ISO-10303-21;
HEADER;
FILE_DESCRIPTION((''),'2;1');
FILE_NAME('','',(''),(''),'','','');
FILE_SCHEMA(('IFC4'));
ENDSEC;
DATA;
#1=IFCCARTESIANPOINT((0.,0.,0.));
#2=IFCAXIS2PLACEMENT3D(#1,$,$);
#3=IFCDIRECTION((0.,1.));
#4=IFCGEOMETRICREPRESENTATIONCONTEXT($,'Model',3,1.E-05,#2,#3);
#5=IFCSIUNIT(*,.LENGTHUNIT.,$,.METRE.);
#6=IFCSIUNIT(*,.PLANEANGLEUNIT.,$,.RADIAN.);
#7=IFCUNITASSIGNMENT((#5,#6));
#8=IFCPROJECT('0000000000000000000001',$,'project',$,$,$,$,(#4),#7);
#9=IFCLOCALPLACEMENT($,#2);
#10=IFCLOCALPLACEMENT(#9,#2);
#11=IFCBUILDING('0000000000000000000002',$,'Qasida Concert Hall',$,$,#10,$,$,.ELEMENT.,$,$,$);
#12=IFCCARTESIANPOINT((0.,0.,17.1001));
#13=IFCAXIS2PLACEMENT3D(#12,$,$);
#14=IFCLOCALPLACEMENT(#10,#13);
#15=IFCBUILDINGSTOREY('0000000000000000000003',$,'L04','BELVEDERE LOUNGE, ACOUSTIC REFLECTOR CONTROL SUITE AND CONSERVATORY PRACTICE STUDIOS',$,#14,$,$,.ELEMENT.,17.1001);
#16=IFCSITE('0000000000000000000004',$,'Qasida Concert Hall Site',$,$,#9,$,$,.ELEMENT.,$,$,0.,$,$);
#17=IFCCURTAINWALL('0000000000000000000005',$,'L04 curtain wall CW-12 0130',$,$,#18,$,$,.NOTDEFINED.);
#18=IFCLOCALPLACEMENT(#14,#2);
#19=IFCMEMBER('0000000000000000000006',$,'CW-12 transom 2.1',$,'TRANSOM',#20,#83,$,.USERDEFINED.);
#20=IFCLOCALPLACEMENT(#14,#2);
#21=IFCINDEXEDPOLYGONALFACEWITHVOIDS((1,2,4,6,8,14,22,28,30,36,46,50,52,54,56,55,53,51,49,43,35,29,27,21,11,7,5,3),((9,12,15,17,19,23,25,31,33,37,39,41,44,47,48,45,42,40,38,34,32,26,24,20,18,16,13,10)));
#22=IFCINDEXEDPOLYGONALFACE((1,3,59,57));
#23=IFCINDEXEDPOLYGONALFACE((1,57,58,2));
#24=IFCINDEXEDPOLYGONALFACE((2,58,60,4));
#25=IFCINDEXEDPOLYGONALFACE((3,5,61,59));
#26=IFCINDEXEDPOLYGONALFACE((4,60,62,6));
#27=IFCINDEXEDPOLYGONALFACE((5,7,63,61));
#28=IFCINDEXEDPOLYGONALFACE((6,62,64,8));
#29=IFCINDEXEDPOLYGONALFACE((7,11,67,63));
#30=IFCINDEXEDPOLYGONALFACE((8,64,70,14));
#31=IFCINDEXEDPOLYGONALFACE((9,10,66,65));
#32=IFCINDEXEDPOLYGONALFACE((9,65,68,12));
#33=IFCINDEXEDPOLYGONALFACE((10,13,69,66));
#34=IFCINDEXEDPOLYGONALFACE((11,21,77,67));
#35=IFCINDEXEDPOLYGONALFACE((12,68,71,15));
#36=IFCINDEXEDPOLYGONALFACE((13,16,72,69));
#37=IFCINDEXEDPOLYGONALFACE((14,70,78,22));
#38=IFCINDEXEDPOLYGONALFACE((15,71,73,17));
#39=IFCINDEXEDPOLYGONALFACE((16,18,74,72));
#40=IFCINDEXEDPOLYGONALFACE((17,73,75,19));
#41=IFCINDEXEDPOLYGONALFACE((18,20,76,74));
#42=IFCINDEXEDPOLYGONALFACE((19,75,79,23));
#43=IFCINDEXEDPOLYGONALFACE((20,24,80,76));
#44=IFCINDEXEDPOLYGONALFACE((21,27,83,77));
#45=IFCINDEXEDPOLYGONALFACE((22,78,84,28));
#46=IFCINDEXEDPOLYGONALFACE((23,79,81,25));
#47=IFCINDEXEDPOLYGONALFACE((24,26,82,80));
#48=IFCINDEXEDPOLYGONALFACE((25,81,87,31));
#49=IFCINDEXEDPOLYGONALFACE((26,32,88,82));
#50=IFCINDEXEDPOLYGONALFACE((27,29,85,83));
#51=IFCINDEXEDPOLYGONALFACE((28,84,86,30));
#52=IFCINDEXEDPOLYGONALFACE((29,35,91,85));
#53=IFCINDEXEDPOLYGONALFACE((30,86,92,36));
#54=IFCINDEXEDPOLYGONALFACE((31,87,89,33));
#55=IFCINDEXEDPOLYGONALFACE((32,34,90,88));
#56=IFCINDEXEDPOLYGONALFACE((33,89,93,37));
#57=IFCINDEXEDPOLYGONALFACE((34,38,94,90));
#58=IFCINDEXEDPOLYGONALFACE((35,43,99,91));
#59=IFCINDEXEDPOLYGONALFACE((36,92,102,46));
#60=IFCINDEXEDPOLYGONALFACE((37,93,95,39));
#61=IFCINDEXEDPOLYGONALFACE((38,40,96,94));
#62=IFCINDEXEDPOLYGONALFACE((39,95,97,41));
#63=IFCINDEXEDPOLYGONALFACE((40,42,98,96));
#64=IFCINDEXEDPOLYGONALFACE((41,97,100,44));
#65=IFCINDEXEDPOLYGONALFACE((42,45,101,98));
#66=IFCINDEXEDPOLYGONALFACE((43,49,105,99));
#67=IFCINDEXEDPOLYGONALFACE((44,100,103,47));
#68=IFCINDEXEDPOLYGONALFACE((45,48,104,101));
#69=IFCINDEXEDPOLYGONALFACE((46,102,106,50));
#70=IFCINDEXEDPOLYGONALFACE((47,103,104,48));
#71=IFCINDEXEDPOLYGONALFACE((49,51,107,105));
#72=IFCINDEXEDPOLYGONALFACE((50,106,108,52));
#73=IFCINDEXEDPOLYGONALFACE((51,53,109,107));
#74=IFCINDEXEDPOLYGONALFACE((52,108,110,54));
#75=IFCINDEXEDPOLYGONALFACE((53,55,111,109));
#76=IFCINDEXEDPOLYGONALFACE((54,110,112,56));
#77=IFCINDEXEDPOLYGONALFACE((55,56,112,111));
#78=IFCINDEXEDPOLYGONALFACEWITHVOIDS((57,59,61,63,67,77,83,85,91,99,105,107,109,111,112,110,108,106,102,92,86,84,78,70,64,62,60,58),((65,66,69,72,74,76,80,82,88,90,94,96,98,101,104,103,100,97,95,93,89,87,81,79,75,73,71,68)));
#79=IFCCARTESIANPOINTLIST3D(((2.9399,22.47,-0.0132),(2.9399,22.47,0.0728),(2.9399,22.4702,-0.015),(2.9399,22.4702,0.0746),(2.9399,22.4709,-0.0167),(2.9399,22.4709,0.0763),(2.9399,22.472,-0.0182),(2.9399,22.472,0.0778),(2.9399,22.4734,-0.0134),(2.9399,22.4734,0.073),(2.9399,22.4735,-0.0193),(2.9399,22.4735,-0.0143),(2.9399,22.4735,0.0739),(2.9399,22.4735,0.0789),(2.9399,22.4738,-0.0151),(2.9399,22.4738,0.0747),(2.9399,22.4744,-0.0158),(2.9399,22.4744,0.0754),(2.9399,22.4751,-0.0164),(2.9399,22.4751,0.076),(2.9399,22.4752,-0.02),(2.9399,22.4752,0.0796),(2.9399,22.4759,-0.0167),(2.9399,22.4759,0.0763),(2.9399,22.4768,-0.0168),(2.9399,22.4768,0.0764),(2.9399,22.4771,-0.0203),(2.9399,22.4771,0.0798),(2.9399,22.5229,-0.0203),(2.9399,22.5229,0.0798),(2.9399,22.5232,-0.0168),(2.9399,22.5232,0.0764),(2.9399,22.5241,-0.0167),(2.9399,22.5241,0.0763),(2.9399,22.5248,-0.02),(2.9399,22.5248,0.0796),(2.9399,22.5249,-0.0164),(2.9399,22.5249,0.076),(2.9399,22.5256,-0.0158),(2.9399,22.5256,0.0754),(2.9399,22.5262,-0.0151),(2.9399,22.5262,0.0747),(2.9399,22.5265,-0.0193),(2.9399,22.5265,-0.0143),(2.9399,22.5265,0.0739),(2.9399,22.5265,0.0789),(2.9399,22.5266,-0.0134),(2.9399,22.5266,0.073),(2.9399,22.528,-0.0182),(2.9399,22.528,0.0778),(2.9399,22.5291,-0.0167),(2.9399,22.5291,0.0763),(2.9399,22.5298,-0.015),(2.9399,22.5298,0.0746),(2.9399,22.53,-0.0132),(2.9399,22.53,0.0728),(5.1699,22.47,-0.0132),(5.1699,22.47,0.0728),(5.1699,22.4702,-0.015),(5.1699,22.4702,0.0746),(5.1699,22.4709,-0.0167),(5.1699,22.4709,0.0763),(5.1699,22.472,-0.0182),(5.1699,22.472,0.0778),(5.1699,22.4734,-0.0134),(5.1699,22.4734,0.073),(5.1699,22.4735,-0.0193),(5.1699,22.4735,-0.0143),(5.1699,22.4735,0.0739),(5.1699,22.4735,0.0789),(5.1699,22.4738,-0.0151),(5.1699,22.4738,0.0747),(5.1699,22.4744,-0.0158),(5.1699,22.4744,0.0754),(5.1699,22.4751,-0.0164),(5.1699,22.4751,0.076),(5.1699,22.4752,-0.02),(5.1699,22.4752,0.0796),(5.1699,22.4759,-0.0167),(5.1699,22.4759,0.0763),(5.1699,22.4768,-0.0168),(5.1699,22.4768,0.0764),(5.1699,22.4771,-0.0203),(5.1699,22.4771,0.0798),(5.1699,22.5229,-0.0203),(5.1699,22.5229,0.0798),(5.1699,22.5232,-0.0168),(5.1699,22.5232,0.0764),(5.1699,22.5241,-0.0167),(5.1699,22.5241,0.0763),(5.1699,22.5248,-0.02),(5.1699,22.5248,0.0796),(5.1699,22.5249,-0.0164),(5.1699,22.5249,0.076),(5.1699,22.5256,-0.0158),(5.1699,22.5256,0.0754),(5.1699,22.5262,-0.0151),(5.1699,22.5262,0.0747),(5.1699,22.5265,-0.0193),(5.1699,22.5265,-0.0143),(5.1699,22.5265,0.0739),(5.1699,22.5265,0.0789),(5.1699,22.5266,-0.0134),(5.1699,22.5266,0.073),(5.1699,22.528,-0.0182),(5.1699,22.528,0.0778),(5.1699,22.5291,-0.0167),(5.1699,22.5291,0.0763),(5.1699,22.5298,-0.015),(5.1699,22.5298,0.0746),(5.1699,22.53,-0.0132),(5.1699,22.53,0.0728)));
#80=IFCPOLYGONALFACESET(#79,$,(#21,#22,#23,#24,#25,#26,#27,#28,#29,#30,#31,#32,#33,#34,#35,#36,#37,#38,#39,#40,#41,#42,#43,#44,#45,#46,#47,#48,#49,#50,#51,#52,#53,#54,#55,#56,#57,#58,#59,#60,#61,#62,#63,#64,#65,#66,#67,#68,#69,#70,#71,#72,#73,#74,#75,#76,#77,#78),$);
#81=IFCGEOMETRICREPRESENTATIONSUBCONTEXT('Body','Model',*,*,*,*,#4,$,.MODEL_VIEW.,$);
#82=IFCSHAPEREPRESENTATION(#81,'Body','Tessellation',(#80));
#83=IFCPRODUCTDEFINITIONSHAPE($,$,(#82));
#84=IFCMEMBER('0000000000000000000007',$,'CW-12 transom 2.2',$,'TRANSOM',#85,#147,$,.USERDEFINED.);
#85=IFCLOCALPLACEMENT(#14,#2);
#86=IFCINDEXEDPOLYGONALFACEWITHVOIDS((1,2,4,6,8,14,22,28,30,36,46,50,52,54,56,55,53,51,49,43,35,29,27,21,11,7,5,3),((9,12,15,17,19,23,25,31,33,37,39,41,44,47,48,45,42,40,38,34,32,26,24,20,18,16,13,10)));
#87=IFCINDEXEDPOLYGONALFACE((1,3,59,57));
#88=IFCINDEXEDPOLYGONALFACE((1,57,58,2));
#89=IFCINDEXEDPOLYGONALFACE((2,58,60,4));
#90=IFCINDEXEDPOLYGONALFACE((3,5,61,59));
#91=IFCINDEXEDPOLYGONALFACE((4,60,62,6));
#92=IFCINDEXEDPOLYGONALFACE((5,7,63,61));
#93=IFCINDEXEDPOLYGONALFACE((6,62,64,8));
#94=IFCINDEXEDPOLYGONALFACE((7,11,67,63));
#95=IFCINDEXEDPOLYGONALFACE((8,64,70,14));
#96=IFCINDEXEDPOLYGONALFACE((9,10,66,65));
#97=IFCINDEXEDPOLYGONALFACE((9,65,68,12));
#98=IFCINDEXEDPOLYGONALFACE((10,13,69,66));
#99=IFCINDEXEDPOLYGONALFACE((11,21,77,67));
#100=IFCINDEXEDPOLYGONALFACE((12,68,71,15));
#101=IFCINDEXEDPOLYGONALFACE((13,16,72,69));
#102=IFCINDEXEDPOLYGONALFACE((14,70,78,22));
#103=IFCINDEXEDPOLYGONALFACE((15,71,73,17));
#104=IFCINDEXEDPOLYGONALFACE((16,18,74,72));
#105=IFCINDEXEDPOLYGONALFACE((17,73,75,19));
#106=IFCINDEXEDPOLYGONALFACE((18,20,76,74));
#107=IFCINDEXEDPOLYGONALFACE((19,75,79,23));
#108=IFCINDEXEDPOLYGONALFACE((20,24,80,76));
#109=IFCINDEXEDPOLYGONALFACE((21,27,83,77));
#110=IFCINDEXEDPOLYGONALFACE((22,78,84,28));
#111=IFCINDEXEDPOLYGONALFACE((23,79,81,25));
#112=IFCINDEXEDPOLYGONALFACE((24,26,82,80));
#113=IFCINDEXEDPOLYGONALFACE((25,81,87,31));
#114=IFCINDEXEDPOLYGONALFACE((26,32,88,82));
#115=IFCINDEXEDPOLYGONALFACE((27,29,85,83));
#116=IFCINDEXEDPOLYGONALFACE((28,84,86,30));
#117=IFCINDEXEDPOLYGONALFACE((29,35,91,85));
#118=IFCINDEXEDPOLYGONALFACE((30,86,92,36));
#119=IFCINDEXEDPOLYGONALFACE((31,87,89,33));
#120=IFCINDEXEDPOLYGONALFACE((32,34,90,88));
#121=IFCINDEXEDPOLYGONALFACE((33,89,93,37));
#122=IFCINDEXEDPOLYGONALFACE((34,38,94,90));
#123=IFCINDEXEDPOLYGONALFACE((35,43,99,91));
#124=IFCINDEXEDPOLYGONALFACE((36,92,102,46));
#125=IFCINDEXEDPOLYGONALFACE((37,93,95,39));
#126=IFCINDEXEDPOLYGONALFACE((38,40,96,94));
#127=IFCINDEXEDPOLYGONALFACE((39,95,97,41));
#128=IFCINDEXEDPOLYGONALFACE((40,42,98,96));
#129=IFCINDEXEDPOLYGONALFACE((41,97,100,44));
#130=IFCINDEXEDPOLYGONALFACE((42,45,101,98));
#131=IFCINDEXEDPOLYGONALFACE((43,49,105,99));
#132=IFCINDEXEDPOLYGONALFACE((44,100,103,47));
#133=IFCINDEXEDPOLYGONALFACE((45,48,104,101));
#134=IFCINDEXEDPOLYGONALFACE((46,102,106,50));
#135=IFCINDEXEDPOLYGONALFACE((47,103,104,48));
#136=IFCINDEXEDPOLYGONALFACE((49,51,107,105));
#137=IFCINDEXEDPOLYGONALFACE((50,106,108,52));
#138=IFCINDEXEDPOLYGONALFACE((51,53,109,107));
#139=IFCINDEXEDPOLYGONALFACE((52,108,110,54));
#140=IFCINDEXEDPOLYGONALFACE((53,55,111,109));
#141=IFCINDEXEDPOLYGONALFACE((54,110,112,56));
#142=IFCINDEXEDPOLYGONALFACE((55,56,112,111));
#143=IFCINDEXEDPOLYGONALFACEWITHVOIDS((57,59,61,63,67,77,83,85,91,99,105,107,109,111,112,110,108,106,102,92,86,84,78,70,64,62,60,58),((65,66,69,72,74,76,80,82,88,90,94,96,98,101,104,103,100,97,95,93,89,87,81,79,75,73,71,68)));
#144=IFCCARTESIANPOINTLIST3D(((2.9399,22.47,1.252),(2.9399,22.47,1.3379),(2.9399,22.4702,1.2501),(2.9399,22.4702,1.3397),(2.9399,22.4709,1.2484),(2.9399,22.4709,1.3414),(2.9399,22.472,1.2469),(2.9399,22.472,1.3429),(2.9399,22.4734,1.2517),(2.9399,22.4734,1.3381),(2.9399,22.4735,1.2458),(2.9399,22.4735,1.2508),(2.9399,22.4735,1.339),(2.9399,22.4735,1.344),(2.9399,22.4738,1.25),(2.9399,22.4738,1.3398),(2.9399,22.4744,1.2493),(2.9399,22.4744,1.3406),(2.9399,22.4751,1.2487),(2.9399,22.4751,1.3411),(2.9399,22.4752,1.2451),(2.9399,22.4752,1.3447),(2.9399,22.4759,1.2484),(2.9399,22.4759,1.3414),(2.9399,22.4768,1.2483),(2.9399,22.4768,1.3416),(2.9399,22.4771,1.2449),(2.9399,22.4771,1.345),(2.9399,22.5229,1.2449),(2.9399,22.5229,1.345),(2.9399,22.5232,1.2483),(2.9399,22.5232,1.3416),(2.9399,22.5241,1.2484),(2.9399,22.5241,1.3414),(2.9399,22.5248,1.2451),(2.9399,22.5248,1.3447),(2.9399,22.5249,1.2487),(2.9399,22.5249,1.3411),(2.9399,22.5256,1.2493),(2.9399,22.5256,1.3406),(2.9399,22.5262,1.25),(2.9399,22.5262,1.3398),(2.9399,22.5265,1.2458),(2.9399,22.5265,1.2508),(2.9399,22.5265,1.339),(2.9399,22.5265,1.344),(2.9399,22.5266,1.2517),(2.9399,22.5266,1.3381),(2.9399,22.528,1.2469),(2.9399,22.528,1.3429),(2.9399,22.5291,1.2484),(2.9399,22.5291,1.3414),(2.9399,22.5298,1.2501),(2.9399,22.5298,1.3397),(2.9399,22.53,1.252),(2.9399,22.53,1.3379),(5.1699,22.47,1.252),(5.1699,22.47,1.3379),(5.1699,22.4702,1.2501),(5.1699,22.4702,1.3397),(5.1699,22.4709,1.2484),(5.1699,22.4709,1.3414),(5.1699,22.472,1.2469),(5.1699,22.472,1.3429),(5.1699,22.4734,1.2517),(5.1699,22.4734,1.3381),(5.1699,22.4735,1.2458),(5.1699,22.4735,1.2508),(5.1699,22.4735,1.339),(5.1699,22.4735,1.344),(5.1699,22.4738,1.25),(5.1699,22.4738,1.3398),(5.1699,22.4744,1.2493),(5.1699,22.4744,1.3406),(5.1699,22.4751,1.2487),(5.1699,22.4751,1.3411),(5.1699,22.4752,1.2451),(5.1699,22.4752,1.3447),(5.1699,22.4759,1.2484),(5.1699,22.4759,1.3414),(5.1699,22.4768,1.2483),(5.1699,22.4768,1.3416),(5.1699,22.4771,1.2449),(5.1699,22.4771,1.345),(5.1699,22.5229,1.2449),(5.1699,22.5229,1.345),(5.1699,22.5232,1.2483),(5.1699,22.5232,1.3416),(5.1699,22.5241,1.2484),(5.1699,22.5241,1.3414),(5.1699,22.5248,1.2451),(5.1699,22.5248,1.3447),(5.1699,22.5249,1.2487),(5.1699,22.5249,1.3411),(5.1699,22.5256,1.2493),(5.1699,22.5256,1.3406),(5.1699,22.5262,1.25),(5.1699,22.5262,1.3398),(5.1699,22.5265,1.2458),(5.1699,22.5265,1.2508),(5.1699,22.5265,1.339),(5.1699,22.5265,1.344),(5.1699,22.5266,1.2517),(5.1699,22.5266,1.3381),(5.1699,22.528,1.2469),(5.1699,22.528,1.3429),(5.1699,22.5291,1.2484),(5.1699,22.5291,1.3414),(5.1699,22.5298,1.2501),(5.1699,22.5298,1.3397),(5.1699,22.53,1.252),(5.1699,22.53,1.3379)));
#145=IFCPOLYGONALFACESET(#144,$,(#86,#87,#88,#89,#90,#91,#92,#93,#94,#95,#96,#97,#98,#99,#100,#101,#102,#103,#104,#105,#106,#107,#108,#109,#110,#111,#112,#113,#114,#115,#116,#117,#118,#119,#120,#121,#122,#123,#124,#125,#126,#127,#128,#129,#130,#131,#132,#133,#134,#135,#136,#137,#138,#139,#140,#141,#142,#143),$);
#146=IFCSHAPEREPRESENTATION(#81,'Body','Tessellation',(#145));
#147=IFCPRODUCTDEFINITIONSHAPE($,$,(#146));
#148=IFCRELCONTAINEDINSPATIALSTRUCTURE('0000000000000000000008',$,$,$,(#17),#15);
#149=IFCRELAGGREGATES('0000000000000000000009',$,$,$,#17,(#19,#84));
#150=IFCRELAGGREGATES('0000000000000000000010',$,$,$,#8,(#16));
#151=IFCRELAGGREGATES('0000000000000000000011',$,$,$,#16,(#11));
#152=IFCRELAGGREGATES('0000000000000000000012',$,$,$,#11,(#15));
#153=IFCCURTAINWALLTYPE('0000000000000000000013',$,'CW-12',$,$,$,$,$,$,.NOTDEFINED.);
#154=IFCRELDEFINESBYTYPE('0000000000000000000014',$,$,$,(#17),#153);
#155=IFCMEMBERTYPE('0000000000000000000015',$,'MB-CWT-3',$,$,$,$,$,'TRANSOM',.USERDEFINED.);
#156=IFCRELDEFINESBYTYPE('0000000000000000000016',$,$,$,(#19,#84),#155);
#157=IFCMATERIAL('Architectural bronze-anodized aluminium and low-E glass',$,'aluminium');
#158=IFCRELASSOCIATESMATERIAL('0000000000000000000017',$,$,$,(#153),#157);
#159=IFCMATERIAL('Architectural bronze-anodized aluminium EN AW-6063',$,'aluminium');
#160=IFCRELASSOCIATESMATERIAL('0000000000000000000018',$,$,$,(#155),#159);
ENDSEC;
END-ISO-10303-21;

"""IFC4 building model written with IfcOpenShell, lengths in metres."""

from ifc_helpers import new_model, si_unit, direction, frame, origin, origin_2d, place, context, subcontext, project, spatial, hollow_rectangle, extrude, material, material_profile, profile_set, type_object, element, aggregate, save


model = new_model("IFC4")

# Units and contexts
model_context = context("Model", 3, precision=1e-05, world=origin(), true_north=direction((0.0, 1.0)))
body_context = subcontext(model_context, "Body", "Model", "MODEL_VIEW")
ifc_project = project(units=[si_unit("LENGTHUNIT", "METRE"), si_unit("PLANEANGLEUNIT", "RADIAN")], contexts=[model_context])

# Site, building, storey
site_placement = place(None, origin())
site = spatial("IfcSite", under=ifc_project, at=site_placement, Name="Qasida Concert Hall Site", CompositionType="ELEMENT", RefElevation=0.0)
building_placement = place(site_placement, origin())
building = spatial("IfcBuilding", under=site, at=building_placement, Name="Qasida Concert Hall", CompositionType="ELEMENT")
storey_placement = place(building_placement, frame((0.0, 0.0, 17.1001)))
storey = spatial("IfcBuildingStorey", under=building, at=storey_placement, Name="L04", Description="BELVEDERE LOUNGE, ACOUSTIC REFLECTOR CONTROL SUITE AND CONSERVATORY PRACTICE STUDIOS", CompositionType="ELEMENT", Elevation=17.1001)

# Curtain wall, members
ifc_material_1 = material(Name="Architectural bronze-anodized aluminium and low-E glass", Category="aluminium")
curtain_wall_type = type_object("IfcCurtainWallType", Name="CW-12", PredefinedType="NOTDEFINED", material=ifc_material_1)
curtain_wall_placement = place(storey_placement, origin())
curtain_wall = element("IfcCurtainWall", 1, at=curtain_wall_placement, inside=storey, type_object=curtain_wall_type, Name="L04 curtain wall CW-12 0130", PredefinedType="NOTDEFINED")
ifc_material_2 = material(Name="Architectural bronze-anodized aluminium EN AW-6063", Category="aluminium")
ifc_material_profile_1 = material_profile(ifc_material_2, hollow_rectangle(XDim=0.0601, YDim=0.1001, WallThickness=0.0034, InnerFilletRadius=0.0034, OuterFilletRadius=0.0071, at=origin_2d()), Name="CWT 100x60x3.5")
ifc_profile_set_1 = profile_set([ifc_material_profile_1], Name="Architectural bronze-anodized aluminium EN AW-6063")
member_type_1 = type_object("IfcMemberType", Name="MB-CWT-3", ElementType="TRANSOM", PredefinedType="USERDEFINED", material=ifc_profile_set_1)
member_1_placement = place(storey_placement, frame((2.9399, 22.5, 0.0298), z_axis=(1.0, 0.0, 0.0), x_axis=(0.0, 1.0, 0.0)))
member_1 = element("IfcMember", 2, at=member_1_placement, type_object=member_type_1, Name="CW-12 transom 2.1", ObjectType="TRANSOM", PredefinedType="USERDEFINED", context=body_context, shape_type="SweptSolid", body=[
    extrude(hollow_rectangle(XDim=0.0601, YDim=0.1001, WallThickness=0.0034, InnerFilletRadius=0.0034, OuterFilletRadius=0.0071, at=origin_2d()), origin(), (0.0, 0.0, 1.0), 2.23),
])
member_2_placement = place(storey_placement, frame((2.9399, 22.5, 1.2949), z_axis=(1.0, 0.0, 0.0), x_axis=(0.0, 1.0, 0.0)))
member_2 = element("IfcMember", 3, at=member_2_placement, type_object=member_type_1, Name="CW-12 transom 2.2", ObjectType="TRANSOM", PredefinedType="USERDEFINED", context=body_context, shape_type="SweptSolid", body=[
    extrude(hollow_rectangle(XDim=0.0601, YDim=0.1001, WallThickness=0.0034, InnerFilletRadius=0.0034, OuterFilletRadius=0.0071, at=origin_2d()), origin(), (0.0, 0.0, 1.0), 2.23),
])
aggregate(curtain_wall, [member_1, member_2])

save(model, "model.ifc")
